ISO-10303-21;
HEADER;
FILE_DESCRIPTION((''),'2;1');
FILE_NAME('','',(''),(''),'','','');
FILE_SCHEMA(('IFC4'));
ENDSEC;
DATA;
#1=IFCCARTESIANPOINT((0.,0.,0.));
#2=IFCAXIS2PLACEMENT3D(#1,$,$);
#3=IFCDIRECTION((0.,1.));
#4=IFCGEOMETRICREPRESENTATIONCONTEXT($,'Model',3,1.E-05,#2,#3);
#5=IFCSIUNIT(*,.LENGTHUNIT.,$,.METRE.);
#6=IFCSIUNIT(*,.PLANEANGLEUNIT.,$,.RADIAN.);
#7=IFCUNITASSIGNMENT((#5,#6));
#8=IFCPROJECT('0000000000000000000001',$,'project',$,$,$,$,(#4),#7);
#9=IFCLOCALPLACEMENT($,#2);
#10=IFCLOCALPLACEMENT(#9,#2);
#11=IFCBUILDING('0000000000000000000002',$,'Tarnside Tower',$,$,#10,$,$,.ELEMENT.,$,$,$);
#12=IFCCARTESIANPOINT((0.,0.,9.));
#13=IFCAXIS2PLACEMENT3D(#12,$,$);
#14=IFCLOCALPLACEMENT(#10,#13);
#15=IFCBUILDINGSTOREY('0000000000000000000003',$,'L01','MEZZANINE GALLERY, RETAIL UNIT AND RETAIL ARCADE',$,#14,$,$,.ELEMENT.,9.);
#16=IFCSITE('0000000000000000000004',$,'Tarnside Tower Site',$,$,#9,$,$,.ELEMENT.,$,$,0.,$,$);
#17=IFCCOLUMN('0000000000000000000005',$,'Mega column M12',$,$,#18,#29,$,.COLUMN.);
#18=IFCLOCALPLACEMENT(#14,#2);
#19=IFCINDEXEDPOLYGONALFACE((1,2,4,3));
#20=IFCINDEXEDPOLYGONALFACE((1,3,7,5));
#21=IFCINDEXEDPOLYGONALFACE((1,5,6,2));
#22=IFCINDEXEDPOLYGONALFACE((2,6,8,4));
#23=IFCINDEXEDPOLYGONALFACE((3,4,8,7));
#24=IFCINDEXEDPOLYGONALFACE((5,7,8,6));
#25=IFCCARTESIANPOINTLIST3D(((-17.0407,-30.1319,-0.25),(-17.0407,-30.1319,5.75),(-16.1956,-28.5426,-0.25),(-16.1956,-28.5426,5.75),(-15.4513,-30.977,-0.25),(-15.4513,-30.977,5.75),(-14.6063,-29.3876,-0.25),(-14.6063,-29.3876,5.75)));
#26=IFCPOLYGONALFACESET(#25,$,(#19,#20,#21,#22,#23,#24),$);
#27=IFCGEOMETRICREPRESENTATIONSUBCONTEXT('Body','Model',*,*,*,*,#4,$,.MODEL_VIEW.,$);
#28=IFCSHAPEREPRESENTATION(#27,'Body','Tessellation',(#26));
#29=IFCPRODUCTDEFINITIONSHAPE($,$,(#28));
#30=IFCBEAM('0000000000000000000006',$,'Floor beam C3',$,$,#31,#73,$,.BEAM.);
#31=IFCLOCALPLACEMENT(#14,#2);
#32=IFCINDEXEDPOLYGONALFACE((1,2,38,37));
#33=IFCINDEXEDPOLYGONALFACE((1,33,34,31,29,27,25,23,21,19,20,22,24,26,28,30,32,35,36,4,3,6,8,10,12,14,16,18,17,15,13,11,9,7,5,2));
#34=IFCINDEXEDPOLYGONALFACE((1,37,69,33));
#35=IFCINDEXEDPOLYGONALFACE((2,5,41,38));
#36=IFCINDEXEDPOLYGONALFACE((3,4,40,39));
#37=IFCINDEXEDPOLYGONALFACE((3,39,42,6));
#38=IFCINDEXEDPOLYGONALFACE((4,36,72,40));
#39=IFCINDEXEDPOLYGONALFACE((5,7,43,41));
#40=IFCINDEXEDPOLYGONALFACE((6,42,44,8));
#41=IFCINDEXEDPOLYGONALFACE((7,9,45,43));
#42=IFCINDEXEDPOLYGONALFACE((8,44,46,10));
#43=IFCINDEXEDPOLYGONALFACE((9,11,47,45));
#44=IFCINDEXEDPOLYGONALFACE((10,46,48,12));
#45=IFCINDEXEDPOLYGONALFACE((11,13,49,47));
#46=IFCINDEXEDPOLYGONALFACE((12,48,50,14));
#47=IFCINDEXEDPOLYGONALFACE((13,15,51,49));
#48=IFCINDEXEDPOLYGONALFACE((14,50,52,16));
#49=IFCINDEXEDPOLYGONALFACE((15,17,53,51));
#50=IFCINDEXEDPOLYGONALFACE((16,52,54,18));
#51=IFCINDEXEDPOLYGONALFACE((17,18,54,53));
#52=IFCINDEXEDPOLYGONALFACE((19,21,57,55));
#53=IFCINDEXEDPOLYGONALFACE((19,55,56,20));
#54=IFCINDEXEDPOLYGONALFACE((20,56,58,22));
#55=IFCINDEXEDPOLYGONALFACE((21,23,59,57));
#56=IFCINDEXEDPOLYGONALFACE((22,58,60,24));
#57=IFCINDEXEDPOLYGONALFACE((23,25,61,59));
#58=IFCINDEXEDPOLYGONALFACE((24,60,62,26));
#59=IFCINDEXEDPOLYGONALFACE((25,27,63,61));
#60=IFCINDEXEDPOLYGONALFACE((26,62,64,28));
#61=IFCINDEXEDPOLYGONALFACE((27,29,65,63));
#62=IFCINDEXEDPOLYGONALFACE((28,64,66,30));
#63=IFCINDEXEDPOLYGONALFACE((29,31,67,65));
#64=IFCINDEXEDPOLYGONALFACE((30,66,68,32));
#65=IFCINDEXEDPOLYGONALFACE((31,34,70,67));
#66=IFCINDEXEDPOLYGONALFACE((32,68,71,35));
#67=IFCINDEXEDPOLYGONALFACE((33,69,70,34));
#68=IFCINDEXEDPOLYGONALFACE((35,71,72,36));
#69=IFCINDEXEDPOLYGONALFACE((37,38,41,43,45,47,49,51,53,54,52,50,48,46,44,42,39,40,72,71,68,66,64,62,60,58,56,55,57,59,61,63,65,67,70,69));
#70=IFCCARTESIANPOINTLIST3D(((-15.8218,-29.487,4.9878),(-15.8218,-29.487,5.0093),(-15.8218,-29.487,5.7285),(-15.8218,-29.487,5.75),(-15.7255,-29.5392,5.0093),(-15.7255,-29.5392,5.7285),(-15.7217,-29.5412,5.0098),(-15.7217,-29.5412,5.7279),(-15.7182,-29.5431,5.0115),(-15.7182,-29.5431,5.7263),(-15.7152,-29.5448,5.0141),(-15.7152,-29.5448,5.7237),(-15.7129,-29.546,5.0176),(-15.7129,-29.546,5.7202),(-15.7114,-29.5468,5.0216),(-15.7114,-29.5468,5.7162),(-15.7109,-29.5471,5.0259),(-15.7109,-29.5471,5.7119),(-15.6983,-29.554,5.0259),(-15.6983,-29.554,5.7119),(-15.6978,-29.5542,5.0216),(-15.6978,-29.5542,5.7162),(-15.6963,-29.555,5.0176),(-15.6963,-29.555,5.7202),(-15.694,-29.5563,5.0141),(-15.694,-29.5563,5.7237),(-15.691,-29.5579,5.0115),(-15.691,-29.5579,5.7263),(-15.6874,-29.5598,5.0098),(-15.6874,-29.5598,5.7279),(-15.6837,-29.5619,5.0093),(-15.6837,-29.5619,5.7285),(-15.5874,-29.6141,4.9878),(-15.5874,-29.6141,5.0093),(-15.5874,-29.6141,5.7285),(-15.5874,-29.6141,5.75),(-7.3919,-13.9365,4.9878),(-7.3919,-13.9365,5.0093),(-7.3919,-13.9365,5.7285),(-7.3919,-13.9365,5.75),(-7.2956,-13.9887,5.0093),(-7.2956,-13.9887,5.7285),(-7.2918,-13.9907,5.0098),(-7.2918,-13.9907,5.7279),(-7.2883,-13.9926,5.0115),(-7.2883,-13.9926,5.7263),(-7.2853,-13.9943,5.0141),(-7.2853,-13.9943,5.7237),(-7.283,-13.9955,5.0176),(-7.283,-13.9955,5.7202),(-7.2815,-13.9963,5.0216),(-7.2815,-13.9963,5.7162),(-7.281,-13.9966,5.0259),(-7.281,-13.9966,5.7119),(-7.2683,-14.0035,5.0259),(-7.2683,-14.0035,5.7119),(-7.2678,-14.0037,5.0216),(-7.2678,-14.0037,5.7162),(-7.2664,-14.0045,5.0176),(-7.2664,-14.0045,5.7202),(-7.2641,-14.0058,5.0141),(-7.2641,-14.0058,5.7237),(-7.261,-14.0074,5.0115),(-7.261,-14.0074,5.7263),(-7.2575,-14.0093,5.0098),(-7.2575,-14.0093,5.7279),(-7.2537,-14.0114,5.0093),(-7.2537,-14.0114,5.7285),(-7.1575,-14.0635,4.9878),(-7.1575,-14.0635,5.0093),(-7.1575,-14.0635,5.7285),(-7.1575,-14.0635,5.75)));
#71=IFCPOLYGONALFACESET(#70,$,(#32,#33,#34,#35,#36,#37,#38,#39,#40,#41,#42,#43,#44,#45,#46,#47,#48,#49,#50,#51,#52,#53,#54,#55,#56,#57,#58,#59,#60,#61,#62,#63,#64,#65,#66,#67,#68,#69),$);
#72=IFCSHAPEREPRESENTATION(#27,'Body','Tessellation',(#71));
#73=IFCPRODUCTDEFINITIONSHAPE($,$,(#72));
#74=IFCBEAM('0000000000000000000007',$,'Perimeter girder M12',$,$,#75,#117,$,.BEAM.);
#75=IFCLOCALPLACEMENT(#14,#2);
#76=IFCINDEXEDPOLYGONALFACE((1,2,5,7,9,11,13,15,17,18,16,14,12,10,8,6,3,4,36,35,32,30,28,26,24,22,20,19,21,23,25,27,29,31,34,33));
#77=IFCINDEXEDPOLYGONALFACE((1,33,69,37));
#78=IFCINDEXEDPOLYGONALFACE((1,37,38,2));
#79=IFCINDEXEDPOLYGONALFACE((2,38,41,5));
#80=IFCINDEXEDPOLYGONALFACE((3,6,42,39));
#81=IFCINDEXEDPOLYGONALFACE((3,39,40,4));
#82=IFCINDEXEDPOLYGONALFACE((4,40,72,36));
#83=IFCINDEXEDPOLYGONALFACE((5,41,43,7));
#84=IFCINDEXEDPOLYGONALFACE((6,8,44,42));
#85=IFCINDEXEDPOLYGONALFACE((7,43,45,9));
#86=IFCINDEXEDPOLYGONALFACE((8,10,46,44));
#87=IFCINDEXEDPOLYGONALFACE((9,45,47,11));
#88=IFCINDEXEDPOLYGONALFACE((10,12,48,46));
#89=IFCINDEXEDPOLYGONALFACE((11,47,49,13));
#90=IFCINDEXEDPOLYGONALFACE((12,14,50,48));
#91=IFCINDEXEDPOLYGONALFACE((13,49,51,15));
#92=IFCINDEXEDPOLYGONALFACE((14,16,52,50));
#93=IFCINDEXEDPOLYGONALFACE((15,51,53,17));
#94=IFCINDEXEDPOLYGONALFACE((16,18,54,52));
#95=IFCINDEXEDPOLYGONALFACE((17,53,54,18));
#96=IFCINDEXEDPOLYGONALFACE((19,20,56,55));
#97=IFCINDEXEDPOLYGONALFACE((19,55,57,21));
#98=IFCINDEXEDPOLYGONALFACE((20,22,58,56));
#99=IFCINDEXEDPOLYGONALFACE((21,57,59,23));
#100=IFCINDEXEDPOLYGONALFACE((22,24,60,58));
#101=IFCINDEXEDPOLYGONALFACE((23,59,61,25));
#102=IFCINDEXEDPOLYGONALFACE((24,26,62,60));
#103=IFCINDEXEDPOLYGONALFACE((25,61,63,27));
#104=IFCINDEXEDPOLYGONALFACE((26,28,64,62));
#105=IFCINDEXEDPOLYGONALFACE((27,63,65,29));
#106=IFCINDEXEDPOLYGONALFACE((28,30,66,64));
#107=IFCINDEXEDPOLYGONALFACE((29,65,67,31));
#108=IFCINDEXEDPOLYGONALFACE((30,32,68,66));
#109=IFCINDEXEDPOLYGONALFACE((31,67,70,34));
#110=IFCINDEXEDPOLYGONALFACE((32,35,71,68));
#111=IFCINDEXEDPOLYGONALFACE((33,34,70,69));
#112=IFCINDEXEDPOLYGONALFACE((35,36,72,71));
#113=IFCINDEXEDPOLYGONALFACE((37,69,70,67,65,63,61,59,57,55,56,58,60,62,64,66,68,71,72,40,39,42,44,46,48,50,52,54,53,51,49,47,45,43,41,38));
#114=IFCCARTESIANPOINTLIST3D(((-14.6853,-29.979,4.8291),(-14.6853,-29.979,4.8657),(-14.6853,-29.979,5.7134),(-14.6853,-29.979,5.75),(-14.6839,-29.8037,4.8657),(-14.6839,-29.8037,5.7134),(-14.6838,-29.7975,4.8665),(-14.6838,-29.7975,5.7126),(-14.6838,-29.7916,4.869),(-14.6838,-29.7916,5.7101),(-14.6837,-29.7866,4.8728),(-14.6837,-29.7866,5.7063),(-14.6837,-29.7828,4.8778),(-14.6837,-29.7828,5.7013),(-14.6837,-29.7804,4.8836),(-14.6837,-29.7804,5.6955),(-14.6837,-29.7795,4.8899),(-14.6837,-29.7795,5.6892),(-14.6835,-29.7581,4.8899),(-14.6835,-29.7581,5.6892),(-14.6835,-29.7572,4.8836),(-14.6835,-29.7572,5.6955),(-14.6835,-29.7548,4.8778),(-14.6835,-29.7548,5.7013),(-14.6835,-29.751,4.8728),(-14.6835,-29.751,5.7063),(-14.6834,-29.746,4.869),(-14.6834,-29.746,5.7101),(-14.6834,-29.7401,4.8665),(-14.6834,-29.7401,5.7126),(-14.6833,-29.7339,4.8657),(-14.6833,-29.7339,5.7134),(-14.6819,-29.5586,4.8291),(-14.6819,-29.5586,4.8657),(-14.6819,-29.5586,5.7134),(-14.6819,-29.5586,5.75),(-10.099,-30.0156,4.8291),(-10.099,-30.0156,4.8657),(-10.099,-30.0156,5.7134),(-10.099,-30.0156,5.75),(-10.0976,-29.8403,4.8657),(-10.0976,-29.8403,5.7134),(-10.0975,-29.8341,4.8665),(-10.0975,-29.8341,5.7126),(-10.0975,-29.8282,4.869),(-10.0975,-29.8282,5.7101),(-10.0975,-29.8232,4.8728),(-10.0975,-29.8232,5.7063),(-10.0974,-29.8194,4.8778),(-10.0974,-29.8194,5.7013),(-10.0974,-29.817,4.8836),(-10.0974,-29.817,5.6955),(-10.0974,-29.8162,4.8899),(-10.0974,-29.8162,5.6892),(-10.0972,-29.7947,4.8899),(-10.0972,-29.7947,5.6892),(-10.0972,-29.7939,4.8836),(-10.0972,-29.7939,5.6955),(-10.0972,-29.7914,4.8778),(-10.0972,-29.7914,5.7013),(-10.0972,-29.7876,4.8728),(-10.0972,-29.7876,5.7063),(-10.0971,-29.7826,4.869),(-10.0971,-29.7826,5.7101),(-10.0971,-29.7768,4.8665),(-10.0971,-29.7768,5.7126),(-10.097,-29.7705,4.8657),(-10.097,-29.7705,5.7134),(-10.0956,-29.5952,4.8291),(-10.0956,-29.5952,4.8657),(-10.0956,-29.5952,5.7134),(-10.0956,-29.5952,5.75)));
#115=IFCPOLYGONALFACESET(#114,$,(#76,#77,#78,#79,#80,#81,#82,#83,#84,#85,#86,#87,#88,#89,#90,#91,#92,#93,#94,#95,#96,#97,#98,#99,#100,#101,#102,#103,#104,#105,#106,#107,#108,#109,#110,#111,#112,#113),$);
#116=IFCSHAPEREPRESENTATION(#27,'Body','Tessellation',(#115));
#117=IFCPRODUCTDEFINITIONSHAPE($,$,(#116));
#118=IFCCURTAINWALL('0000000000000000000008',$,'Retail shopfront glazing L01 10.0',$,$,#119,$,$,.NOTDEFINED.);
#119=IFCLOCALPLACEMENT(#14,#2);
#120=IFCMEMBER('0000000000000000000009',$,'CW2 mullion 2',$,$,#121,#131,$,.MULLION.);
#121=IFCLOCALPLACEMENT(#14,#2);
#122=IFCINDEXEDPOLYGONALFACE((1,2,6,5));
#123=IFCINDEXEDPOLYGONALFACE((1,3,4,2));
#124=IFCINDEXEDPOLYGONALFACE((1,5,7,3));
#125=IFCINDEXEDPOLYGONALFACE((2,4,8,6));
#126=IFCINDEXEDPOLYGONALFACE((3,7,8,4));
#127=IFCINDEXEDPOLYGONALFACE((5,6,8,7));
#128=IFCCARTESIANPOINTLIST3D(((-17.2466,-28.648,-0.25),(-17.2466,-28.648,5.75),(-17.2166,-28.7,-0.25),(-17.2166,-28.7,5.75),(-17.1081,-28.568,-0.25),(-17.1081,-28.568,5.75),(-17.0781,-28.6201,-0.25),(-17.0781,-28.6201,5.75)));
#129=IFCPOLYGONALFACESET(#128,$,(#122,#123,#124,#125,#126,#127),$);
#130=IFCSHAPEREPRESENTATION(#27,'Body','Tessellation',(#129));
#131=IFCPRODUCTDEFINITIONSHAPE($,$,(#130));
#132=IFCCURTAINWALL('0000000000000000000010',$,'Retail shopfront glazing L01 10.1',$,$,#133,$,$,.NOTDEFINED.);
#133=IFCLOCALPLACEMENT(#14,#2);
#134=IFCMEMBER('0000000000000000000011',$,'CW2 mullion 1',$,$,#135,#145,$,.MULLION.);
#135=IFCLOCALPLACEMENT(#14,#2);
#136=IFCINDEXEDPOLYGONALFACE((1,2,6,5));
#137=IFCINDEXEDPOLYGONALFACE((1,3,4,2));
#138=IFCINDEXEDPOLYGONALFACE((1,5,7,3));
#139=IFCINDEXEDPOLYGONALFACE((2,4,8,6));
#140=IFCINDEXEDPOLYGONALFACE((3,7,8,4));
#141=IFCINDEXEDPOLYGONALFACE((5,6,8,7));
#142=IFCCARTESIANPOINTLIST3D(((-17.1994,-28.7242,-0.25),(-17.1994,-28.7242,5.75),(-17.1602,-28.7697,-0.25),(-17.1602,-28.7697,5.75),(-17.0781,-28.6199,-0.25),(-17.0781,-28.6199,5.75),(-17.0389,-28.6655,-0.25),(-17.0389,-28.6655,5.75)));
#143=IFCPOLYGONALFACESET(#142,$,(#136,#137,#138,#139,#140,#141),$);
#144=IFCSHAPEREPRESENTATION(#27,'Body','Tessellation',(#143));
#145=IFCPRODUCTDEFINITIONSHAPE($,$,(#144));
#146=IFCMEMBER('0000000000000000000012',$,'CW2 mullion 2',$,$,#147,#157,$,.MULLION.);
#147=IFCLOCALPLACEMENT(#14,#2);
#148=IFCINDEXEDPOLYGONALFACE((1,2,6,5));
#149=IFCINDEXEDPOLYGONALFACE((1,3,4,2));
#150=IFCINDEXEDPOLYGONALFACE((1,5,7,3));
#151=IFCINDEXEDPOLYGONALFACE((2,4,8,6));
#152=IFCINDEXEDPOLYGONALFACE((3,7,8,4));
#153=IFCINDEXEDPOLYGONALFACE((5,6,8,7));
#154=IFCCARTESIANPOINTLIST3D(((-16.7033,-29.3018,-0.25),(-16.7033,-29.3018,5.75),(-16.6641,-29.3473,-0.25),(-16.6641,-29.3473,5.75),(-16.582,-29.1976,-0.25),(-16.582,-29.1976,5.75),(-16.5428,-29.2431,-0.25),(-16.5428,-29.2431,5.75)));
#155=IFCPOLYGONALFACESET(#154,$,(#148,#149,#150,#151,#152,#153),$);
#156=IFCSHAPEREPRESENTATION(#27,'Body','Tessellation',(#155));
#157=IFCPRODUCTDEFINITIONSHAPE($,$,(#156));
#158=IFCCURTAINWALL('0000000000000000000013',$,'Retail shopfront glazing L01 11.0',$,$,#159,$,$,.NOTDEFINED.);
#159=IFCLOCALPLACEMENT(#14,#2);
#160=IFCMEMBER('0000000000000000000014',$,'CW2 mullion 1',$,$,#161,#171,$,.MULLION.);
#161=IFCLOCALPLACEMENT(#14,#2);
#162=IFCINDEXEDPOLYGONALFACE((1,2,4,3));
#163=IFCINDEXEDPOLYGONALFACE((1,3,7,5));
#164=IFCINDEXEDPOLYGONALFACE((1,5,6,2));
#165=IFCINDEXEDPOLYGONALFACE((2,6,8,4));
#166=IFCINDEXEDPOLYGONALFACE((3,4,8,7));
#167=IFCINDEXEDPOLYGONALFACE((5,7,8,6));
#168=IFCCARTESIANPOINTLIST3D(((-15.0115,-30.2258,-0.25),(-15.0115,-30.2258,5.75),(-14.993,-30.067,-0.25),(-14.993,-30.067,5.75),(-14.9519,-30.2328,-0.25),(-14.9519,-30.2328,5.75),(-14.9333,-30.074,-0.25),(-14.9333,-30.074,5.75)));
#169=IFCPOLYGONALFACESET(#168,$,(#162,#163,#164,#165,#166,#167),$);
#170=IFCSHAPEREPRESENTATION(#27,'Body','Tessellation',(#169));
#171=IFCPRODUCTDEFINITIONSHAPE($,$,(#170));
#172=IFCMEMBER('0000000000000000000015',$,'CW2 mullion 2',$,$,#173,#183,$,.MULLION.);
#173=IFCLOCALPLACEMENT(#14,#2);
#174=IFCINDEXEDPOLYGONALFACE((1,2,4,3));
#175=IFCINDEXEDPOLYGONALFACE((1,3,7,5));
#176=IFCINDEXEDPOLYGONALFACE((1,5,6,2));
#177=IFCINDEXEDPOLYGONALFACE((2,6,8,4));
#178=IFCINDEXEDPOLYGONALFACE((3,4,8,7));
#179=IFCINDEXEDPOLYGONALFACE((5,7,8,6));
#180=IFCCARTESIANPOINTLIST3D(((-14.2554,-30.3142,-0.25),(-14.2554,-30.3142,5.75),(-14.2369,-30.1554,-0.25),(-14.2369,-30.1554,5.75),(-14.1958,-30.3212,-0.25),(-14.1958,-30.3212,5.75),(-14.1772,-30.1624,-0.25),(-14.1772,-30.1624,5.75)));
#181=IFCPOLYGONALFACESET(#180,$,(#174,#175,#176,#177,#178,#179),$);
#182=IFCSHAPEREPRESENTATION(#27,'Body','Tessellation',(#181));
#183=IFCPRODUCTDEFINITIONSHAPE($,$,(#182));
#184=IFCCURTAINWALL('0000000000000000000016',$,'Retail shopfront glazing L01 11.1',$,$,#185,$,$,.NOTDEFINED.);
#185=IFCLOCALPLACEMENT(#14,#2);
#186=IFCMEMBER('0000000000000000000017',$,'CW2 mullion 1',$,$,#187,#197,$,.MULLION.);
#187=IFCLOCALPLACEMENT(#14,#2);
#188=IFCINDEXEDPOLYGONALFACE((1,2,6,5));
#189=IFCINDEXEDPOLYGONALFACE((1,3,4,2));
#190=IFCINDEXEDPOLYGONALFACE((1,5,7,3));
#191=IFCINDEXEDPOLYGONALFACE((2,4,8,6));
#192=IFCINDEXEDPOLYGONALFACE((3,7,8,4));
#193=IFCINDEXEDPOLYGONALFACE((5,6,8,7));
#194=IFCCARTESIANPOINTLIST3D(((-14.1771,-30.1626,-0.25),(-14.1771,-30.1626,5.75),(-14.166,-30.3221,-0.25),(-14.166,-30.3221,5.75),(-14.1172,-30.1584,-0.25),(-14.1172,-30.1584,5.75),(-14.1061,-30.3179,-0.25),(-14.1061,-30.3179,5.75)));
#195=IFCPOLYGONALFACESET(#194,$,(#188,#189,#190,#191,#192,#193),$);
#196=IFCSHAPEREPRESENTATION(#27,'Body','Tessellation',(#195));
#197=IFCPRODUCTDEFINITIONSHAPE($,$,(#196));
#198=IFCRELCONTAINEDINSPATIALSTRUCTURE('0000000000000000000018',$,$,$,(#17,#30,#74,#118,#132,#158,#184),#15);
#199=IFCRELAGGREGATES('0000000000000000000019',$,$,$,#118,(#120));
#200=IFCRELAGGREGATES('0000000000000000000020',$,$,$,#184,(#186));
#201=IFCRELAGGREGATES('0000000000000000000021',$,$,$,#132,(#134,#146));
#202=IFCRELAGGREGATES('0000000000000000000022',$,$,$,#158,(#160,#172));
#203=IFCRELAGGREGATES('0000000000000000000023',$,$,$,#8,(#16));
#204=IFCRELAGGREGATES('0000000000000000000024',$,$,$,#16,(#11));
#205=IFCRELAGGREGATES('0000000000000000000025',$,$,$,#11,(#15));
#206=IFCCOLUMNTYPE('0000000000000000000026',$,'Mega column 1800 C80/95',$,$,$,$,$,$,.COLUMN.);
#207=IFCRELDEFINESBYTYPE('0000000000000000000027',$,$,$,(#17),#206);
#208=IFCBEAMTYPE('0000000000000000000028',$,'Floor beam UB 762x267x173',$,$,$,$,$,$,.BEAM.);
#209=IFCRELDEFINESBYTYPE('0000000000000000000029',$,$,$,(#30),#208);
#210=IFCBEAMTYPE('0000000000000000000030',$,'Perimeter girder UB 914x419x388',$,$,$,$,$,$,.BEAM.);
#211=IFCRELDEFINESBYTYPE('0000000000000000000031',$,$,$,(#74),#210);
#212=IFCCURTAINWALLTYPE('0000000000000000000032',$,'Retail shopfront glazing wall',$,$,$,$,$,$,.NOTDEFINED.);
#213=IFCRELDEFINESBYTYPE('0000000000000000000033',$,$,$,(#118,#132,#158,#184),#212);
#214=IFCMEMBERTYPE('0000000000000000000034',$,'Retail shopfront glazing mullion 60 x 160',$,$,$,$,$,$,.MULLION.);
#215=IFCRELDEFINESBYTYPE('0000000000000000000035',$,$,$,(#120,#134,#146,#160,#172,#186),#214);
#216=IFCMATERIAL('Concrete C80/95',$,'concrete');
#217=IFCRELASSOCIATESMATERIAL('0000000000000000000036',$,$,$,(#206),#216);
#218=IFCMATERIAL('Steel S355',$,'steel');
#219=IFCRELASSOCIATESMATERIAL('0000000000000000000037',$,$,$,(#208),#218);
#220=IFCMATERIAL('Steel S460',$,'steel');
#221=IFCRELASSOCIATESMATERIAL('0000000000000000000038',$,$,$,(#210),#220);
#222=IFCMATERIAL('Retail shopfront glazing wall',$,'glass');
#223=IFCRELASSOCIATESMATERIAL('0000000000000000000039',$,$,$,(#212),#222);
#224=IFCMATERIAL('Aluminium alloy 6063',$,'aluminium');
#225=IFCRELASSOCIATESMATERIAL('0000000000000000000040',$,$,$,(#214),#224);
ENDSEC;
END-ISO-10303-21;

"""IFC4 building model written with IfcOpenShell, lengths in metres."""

from ifc_helpers import new_model, si_unit, direction, frame, origin, origin_2d, place, context, subcontext, project, spatial, rectangle, i_section, extrude, material, material_profile, profile_set, type_object, element, aggregate, save


model = new_model("IFC4")

# Units and contexts
model_context = context("Model", 3, precision=1e-05, world=origin(), true_north=direction((0.0, 1.0)))
body_context = subcontext(model_context, "Body", "Model", "MODEL_VIEW")
ifc_project = project(units=[si_unit("LENGTHUNIT", "METRE"), si_unit("PLANEANGLEUNIT", "RADIAN")], contexts=[model_context])

# Site, building, storey
site_placement = place(None, origin())
site = spatial("IfcSite", under=ifc_project, at=site_placement, Name="Tarnside Tower Site", CompositionType="ELEMENT", RefElevation=0.0)
building_placement = place(site_placement, origin())
building = spatial("IfcBuilding", under=site, at=building_placement, Name="Tarnside Tower", CompositionType="ELEMENT")
storey_placement = place(building_placement, frame((0.0, 0.0, 9.0)))
storey = spatial("IfcBuildingStorey", under=building, at=storey_placement, Name="L01", Description="MEZZANINE GALLERY, RETAIL UNIT AND RETAIL ARCADE", CompositionType="ELEMENT", Elevation=9.0)

# Column
ifc_material_1 = material(Name="Concrete C80/95", Category="concrete")
ifc_material_profile_1 = material_profile(ifc_material_1, rectangle(XDim=1.8, YDim=1.8, at=origin_2d()), Name="Mega column 1800x1800")
ifc_profile_set_1 = profile_set([ifc_material_profile_1], Name="Concrete C80/95")
column_type = type_object("IfcColumnType", Name="Mega column 1800 C80/95", PredefinedType="COLUMN", material=ifc_profile_set_1)
column_placement = place(storey_placement, frame((-15.8235, -29.7598, -0.25), z_axis=(0.0, 0.0, 1.0), x_axis=(-0.882948, 0.469472, 0.0)))
element("IfcColumn", 1, at=column_placement, inside=storey, type_object=column_type, Name="Mega column M12", PredefinedType="COLUMN", context=body_context, shape_type="SweptSolid", body=[
    extrude(rectangle(XDim=1.8, YDim=1.8, at=origin_2d()), origin(), (0.0, 0.0, 1.0), 6.0),
])

# Beams
ifc_material_2 = material(Name="Steel S355", Category="steel")
ifc_material_profile_2 = material_profile(ifc_material_2, i_section(OverallWidth=0.2666, OverallDepth=0.7622, WebThickness=0.0144, FlangeThickness=0.0215, FilletRadius=0.0166, at=origin_2d()), Name="UB 762x267x173")
ifc_profile_set_2 = profile_set([ifc_material_profile_2], Name="Steel S355")
beam_type_1 = type_object("IfcBeamType", Name="Floor beam UB 762x267x173", PredefinedType="BEAM", material=ifc_profile_set_2)
beam_1_placement = place(storey_placement, frame((-15.7046, -29.5505, 5.3689), z_axis=(0.476577, 0.879133, 0.0), x_axis=(-0.879133, 0.476577, 0.0)))
element("IfcBeam", 2, at=beam_1_placement, inside=storey, type_object=beam_type_1, Name="Floor beam C3", PredefinedType="BEAM", context=body_context, shape_type="SweptSolid", body=[
    extrude(i_section(OverallWidth=0.2666, OverallDepth=0.7622, WebThickness=0.0144, FlangeThickness=0.0215, FilletRadius=0.0166, at=origin_2d()), origin(), (0.0, 0.0, 1.0), 17.6885),
])
ifc_material_3 = material(Name="Steel S460", Category="steel")
ifc_material_profile_3 = material_profile(ifc_material_3, i_section(OverallWidth=0.4204, OverallDepth=0.9209, WebThickness=0.0215, FlangeThickness=0.0366, FilletRadius=0.0242, at=origin_2d()), Name="UB 914x419x388")
ifc_profile_set_3 = profile_set([ifc_material_profile_3], Name="Steel S460")
beam_type_2 = type_object("IfcBeamType", Name="Perimeter girder UB 914x419x388", PredefinedType="BEAM", material=ifc_profile_set_3)
beam_2_placement = place(storey_placement, frame((-14.6836, -29.7688, 5.2896), z_axis=(0.999968, -0.007985, 0.0), x_axis=(0.007985, 0.999968, 0.0)))
element("IfcBeam", 3, at=beam_2_placement, inside=storey, type_object=beam_type_2, Name="Perimeter girder M12", PredefinedType="BEAM", context=body_context, shape_type="SweptSolid", body=[
    extrude(i_section(OverallWidth=0.4204, OverallDepth=0.9209, WebThickness=0.0215, FlangeThickness=0.0366, FilletRadius=0.0242, at=origin_2d()), origin(), (0.0, 0.0, 1.0), 4.5864),
])

# Curtain wall, member
ifc_material_4 = material(Name="Retail shopfront glazing wall", Category="glass")
curtain_wall_type = type_object("IfcCurtainWallType", Name="Retail shopfront glazing wall", PredefinedType="NOTDEFINED", material=ifc_material_4)
curtain_wall_1_placement = place(storey_placement, origin())
curtain_wall_1 = element("IfcCurtainWall", 4, at=curtain_wall_1_placement, inside=storey, type_object=curtain_wall_type, Name="Retail shopfront glazing L01 10.0", PredefinedType="NOTDEFINED")
ifc_material_5 = material(Name="Aluminium alloy 6063", Category="aluminium")
ifc_material_profile_4 = material_profile(ifc_material_5, rectangle(XDim=0.1599, YDim=0.0601, at=origin_2d()), Name="Retail shopfront glazing mullion 60 x 160")
ifc_profile_set_4 = profile_set([ifc_material_profile_4], Name="Aluminium alloy 6063")
member_type_1 = type_object("IfcMemberType", Name="Retail shopfront glazing mullion 60 x 160", PredefinedType="MULLION", material=ifc_profile_set_4)
member_1_placement = place(storey_placement, frame((-17.1624, -28.634, -0.25), z_axis=(0.0, 0.0, 1.0), x_axis=(0.866025, 0.5, 0.0)))
member_1 = element("IfcMember", 5, at=member_1_placement, type_object=member_type_1, Name="CW2 mullion 2", PredefinedType="MULLION", context=body_context, shape_type="SweptSolid", body=[
    extrude(rectangle(XDim=0.1599, YDim=0.0601, at=origin_2d()), origin(), (0.0, 0.0, 1.0), 6.0),
])
aggregate(curtain_wall_1, [member_1])

# Curtain walls, members
curtain_wall_2_placement = place(storey_placement, origin())
curtain_wall_2 = element("IfcCurtainWall", 6, at=curtain_wall_2_placement, inside=storey, type_object=curtain_wall_type, Name="Retail shopfront glazing L01 10.1", PredefinedType="NOTDEFINED")
member_2_placement = place(storey_placement, frame((-17.1191, -28.6948, -0.25), z_axis=(0.0, 0.0, 1.0), x_axis=(0.758514, 0.651657, 0.0)))
member_2 = element("IfcMember", 7, at=member_2_placement, type_object=member_type_1, Name="CW2 mullion 1", PredefinedType="MULLION", context=body_context, shape_type="SweptSolid", body=[
    extrude(rectangle(XDim=0.1599, YDim=0.0601, at=origin_2d()), origin(), (0.0, 0.0, 1.0), 6.0),
])
member_3_placement = place(storey_placement, frame((-16.623, -29.2725, -0.25), z_axis=(0.0, 0.0, 1.0), x_axis=(0.758514, 0.651657, 0.0)))
member_3 = element("IfcMember", 8, at=member_3_placement, type_object=member_type_1, Name="CW2 mullion 2", PredefinedType="MULLION", context=body_context, shape_type="SweptSolid", body=[
    extrude(rectangle(XDim=0.1599, YDim=0.0601, at=origin_2d()), origin(), (0.0, 0.0, 1.0), 6.0),
])
curtain_wall_3_placement = place(storey_placement, origin())
curtain_wall_3 = element("IfcCurtainWall", 9, at=curtain_wall_3_placement, inside=storey, type_object=curtain_wall_type, Name="Retail shopfront glazing L01 11.0", PredefinedType="NOTDEFINED")
member_4_placement = place(storey_placement, frame((-14.9724, -30.1499, -0.25), z_axis=(0.0, 0.0, 1.0), x_axis=(0.116093, 0.993238, 0.0)))
member_4 = element("IfcMember", 10, at=member_4_placement, type_object=member_type_1, Name="CW2 mullion 1", PredefinedType="MULLION", context=body_context, shape_type="SweptSolid", body=[
    extrude(rectangle(XDim=0.1599, YDim=0.0601, at=origin_2d()), origin(), (0.0, 0.0, 1.0), 6.0),
])
member_5_placement = place(storey_placement, frame((-14.2163, -30.2383, -0.25), z_axis=(0.0, 0.0, 1.0), x_axis=(0.116093, 0.993238, 0.0)))
member_5 = element("IfcMember", 11, at=member_5_placement, type_object=member_type_1, Name="CW2 mullion 2", PredefinedType="MULLION", context=body_context, shape_type="SweptSolid", body=[
    extrude(rectangle(XDim=0.1599, YDim=0.0601, at=origin_2d()), origin(), (0.0, 0.0, 1.0), 6.0),
])

# Curtain wall, member
curtain_wall_4_placement = place(storey_placement, origin())
curtain_wall_4 = element("IfcCurtainWall", 12, at=curtain_wall_4_placement, inside=storey, type_object=curtain_wall_type, Name="Retail shopfront glazing L01 11.1", PredefinedType="NOTDEFINED")
member_6_placement = place(storey_placement, frame((-14.1416, -30.2402, -0.25), z_axis=(0.0, 0.0, 1.0), x_axis=(-0.069756, 0.997564, 0.0)))
member_6 = element("IfcMember", 13, at=member_6_placement, type_object=member_type_1, Name="CW2 mullion 1", PredefinedType="MULLION", context=body_context, shape_type="SweptSolid", body=[
    extrude(rectangle(XDim=0.1599, YDim=0.0601, at=origin_2d()), origin(), (0.0, 0.0, 1.0), 6.0),
])

aggregate(curtain_wall_4, [member_6])

aggregate(curtain_wall_2, [member_2, member_3])
aggregate(curtain_wall_3, [member_4, member_5])

save(model, "model.ifc")
